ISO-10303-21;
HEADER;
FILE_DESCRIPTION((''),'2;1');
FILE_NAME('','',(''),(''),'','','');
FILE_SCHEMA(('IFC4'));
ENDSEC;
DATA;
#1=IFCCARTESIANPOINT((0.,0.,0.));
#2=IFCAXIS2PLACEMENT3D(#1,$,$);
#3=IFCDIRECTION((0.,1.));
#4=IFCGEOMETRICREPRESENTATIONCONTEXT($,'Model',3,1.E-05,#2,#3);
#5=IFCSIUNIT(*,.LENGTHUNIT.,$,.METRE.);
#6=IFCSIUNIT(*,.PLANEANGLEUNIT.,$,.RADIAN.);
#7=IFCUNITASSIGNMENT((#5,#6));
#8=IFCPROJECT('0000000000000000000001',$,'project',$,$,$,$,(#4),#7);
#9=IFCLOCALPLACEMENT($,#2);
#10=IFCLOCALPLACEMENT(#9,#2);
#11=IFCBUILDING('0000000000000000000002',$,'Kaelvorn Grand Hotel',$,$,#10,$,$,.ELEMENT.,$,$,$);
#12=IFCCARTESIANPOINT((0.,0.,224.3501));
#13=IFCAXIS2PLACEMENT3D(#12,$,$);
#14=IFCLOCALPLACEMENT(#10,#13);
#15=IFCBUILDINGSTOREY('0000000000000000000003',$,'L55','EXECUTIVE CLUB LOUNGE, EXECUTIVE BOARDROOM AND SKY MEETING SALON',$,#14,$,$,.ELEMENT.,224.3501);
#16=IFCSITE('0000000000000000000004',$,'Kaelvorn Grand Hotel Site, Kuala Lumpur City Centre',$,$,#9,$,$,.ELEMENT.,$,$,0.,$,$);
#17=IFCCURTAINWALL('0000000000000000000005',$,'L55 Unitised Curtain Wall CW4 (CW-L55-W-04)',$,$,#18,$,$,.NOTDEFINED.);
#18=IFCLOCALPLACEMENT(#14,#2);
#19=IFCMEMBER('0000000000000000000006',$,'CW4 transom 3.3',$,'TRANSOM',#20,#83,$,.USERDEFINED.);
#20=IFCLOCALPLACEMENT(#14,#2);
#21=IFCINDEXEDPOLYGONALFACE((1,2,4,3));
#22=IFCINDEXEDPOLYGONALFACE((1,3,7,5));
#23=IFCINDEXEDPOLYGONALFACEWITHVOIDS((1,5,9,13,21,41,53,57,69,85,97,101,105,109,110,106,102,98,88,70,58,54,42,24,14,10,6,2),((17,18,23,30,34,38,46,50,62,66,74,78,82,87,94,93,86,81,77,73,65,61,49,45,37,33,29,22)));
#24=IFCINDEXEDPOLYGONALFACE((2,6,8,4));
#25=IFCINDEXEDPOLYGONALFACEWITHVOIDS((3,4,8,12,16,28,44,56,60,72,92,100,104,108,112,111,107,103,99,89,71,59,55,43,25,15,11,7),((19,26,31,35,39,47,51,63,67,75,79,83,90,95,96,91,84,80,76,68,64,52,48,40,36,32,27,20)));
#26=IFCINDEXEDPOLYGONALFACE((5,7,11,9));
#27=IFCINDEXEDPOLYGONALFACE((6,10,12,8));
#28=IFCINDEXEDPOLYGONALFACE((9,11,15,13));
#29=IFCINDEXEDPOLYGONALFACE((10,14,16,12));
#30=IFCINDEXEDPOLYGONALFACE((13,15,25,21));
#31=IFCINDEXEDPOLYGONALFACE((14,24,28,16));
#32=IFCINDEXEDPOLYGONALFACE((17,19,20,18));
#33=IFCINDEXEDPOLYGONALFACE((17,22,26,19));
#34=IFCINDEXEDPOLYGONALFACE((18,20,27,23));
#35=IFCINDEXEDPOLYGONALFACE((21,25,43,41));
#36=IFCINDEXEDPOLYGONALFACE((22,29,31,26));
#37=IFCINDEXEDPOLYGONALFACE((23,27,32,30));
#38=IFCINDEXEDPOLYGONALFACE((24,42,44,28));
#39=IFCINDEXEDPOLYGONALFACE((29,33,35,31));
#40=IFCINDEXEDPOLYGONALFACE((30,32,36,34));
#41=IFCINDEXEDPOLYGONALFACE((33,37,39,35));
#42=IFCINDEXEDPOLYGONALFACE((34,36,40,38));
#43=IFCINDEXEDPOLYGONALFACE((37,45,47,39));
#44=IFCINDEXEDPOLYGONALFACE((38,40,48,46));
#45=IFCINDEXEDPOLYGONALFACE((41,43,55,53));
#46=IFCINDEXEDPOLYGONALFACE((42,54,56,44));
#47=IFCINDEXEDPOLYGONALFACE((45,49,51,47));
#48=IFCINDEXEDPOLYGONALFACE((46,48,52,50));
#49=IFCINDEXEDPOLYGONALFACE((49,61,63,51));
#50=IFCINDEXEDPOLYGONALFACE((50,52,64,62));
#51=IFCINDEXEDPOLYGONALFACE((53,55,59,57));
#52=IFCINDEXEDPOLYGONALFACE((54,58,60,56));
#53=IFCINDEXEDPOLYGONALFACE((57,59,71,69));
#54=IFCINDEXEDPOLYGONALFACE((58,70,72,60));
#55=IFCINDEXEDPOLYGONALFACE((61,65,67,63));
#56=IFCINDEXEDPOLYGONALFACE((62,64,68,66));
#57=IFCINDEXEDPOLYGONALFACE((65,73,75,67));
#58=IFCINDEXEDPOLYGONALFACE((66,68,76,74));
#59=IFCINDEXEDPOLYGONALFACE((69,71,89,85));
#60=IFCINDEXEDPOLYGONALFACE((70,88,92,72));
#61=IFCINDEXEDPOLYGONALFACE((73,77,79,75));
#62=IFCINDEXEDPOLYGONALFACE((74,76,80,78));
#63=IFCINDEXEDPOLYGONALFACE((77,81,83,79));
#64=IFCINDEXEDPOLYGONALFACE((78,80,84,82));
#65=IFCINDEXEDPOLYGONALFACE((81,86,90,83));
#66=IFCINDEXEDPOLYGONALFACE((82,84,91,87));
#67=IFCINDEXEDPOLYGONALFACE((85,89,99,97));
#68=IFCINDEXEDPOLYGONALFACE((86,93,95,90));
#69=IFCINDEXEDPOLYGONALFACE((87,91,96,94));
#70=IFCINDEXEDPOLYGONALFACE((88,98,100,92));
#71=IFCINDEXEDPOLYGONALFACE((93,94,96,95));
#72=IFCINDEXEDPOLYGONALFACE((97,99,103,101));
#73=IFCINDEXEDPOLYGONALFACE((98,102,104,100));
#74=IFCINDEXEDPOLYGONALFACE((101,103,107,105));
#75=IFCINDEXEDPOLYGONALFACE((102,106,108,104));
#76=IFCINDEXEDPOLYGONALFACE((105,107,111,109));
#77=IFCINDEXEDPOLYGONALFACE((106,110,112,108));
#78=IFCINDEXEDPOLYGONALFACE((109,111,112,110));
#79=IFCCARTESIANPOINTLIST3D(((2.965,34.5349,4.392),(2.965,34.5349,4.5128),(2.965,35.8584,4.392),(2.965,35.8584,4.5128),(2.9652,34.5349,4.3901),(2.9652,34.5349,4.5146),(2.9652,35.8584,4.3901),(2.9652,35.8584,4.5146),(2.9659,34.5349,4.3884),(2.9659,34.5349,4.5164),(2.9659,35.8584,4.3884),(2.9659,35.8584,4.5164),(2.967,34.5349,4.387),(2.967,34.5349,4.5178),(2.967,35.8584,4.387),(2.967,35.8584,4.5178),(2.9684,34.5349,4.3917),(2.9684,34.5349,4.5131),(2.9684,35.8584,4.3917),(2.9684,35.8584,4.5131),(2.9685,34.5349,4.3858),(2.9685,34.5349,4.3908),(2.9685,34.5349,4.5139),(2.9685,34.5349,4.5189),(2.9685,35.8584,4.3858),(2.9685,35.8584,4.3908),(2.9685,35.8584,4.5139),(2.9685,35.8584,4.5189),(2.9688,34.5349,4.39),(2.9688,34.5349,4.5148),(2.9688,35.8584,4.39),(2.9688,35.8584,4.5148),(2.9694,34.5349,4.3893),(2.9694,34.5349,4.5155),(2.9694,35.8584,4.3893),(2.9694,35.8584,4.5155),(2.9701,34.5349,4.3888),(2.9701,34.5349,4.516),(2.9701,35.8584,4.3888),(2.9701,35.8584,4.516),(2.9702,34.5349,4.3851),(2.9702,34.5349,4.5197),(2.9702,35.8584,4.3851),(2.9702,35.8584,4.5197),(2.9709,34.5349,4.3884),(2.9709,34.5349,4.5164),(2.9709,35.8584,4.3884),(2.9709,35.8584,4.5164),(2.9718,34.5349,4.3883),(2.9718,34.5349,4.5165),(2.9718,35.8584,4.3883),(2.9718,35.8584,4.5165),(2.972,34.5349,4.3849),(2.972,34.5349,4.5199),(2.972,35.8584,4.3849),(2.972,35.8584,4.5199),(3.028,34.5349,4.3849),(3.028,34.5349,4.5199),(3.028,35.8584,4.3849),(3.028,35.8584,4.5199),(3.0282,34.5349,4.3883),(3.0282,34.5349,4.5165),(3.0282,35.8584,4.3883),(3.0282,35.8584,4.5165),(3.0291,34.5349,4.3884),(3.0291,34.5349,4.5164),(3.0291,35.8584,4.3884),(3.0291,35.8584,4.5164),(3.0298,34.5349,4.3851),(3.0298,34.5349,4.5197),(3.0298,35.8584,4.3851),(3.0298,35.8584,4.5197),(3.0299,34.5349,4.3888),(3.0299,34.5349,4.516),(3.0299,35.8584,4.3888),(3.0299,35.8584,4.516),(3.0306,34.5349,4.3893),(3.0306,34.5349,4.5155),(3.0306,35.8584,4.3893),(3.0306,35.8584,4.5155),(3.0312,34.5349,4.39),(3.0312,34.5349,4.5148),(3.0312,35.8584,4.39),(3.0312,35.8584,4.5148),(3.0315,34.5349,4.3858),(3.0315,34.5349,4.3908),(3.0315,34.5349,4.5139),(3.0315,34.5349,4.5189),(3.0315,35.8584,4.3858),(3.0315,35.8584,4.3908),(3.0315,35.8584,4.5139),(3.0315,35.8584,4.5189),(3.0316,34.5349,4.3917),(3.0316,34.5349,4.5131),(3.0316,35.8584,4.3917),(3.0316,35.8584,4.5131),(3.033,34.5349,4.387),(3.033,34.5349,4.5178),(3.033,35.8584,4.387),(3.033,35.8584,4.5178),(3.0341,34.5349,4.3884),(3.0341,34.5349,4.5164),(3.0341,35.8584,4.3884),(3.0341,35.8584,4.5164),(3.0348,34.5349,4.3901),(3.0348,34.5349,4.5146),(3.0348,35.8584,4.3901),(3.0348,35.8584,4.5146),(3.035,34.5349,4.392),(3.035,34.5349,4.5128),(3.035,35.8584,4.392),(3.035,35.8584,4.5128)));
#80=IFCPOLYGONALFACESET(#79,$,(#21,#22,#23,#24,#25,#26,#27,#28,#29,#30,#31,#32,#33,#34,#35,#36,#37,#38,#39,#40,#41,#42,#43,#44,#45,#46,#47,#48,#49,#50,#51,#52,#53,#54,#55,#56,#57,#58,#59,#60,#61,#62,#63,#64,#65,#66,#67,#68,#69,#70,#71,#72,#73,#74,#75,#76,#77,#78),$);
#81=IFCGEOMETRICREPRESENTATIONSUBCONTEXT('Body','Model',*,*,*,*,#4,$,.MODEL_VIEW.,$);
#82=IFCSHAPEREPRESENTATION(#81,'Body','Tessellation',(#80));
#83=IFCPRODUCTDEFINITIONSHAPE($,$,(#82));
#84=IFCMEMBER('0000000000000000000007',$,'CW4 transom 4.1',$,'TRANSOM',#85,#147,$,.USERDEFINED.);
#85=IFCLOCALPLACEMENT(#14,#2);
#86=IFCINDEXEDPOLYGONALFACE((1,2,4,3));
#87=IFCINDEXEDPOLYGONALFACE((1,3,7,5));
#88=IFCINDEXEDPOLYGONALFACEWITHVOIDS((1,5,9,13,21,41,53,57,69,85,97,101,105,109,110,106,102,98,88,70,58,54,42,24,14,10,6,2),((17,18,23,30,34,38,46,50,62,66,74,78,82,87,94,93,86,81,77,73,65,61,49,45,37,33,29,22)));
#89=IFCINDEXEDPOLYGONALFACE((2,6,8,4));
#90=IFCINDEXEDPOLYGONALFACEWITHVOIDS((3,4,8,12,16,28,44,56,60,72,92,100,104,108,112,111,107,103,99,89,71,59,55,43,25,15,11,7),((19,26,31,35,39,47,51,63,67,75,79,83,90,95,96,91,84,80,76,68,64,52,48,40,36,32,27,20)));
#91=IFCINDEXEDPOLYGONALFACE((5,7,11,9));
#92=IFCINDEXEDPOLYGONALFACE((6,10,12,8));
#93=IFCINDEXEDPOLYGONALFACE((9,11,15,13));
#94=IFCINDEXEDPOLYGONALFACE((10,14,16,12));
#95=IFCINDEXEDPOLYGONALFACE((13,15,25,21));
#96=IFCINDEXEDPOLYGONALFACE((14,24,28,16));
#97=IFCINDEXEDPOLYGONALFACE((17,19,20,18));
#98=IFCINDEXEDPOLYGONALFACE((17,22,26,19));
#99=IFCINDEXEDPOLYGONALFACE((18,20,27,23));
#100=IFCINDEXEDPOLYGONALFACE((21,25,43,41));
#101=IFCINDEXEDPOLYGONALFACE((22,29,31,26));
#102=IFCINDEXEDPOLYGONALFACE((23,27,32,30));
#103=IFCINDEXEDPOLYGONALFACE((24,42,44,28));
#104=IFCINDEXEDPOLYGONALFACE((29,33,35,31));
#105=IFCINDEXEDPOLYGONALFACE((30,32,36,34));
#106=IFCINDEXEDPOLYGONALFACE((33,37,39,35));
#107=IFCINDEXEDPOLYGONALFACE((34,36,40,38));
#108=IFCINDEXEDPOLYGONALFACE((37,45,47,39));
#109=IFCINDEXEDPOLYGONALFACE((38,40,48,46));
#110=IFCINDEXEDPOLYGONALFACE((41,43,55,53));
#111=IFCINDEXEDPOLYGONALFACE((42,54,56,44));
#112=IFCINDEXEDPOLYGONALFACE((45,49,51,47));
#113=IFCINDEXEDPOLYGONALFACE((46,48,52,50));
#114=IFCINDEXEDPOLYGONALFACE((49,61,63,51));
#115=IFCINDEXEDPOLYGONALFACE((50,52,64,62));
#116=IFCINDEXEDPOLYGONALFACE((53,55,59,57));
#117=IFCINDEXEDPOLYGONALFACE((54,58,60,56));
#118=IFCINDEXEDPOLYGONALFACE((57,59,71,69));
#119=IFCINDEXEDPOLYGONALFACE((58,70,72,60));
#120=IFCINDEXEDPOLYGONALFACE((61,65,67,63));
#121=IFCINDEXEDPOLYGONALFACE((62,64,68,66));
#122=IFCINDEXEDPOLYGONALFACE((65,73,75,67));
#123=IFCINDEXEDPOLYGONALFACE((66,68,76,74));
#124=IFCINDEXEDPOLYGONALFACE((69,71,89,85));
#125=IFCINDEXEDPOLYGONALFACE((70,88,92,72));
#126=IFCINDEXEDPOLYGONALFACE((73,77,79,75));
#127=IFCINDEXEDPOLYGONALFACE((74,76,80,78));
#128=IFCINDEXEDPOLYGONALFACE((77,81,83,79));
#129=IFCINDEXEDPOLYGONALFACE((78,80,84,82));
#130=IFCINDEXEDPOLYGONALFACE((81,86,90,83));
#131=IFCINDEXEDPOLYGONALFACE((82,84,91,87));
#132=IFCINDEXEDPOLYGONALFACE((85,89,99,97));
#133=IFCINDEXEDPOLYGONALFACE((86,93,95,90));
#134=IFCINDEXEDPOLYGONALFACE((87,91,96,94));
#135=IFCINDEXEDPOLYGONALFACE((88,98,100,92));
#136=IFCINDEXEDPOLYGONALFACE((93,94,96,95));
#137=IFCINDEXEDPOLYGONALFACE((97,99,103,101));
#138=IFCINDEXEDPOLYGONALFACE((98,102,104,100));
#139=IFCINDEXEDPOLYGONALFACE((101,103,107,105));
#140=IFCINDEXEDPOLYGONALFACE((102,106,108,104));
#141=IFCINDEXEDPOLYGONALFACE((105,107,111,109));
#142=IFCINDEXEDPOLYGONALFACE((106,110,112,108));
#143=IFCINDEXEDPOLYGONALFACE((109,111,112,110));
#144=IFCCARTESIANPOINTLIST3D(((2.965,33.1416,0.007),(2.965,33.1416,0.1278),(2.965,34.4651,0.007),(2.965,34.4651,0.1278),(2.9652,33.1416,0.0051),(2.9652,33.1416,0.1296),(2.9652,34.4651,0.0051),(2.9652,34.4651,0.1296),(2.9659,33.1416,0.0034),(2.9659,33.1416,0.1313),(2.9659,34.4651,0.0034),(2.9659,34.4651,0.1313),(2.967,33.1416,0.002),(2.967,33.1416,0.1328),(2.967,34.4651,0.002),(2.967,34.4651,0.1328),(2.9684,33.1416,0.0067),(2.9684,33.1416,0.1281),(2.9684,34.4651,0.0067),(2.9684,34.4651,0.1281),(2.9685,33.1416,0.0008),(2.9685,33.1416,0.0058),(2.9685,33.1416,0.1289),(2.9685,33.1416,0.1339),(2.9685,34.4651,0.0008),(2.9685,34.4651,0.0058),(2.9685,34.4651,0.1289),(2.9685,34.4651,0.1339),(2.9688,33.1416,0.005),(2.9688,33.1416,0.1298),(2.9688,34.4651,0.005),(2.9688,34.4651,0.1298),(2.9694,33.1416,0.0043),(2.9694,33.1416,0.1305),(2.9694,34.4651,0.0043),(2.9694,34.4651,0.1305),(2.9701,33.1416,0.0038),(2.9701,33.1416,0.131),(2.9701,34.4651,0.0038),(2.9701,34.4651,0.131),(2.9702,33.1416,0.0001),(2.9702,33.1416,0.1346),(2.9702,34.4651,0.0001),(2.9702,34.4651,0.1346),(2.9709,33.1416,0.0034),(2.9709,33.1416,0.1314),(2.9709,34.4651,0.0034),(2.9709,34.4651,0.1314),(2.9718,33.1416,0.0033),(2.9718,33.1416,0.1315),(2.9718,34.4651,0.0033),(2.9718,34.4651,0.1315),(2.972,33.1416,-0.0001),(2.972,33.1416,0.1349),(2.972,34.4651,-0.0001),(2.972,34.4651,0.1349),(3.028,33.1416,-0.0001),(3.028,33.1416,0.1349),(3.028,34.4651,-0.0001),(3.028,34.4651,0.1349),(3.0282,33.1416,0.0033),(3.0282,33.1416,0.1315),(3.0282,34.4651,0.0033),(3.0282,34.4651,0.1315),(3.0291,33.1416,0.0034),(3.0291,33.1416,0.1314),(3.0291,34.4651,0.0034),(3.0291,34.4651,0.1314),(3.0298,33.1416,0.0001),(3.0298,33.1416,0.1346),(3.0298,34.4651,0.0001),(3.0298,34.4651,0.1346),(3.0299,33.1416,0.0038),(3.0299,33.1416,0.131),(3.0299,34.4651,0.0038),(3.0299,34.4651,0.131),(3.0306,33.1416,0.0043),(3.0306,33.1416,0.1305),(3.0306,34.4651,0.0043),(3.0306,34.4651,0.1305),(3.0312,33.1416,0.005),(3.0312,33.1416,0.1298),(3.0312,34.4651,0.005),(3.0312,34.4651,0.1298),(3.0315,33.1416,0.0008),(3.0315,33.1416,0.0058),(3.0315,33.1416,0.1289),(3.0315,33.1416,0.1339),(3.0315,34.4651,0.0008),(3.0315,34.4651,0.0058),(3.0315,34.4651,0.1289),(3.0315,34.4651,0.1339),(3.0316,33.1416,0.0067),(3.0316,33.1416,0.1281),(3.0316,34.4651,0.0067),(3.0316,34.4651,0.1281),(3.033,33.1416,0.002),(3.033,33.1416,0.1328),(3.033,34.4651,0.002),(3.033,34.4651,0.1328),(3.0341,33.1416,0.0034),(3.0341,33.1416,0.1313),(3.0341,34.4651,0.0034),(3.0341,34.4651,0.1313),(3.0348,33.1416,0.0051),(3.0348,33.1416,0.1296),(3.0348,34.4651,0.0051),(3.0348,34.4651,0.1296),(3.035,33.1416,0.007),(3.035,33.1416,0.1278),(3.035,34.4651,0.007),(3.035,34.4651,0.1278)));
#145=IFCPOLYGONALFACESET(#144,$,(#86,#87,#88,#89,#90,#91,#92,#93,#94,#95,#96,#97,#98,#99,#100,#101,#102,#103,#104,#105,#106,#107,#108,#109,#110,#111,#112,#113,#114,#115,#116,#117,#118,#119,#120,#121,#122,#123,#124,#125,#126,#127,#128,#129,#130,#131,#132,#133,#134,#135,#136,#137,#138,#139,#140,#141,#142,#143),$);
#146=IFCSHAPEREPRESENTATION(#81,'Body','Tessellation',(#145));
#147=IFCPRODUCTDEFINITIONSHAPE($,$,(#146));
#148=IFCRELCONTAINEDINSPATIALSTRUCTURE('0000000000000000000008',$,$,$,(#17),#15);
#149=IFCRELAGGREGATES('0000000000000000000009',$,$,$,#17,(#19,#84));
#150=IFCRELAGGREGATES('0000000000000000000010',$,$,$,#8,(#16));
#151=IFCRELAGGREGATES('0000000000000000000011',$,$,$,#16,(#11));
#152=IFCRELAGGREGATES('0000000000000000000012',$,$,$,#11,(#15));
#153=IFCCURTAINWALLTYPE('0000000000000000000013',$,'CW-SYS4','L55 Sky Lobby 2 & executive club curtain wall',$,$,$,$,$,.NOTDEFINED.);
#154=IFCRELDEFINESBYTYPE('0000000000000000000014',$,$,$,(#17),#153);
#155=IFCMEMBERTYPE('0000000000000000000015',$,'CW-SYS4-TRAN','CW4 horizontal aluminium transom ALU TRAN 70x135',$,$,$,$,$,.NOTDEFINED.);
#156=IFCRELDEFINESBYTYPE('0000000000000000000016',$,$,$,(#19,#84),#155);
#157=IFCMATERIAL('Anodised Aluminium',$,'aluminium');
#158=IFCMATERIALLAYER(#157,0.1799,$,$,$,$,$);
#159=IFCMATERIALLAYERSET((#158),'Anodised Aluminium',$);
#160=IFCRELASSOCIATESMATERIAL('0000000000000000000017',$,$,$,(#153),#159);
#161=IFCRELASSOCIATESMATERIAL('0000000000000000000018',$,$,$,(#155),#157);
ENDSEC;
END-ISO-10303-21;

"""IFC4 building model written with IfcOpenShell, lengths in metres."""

from ifc_helpers import new_model, si_unit, direction, frame, origin, origin_2d, place, context, subcontext, project, spatial, hollow_rectangle, extrude, material, layer, layer_set, material_profile, profile_set, type_object, element, aggregate, save


model = new_model("IFC4")

# Units and contexts
model_context = context("Model", 3, precision=1e-05, world=origin(), true_north=direction((0.0, 1.0)))
body_context = subcontext(model_context, "Body", "Model", "MODEL_VIEW")
ifc_project = project(units=[si_unit("LENGTHUNIT", "METRE"), si_unit("PLANEANGLEUNIT", "RADIAN")], contexts=[model_context])

# Site, building, storey
site_placement = place(None, origin())
site = spatial("IfcSite", under=ifc_project, at=site_placement, Name="Kaelvorn Grand Hotel Site, Kuala Lumpur City Centre", CompositionType="ELEMENT", RefElevation=0.0)
building_placement = place(site_placement, origin())
building = spatial("IfcBuilding", under=site, at=building_placement, Name="Kaelvorn Grand Hotel", CompositionType="ELEMENT")
storey_placement = place(building_placement, frame((0.0, 0.0, 224.3501)))
storey = spatial("IfcBuildingStorey", under=building, at=storey_placement, Name="L55", Description="EXECUTIVE CLUB LOUNGE, EXECUTIVE BOARDROOM AND SKY MEETING SALON", CompositionType="ELEMENT", Elevation=224.3501)

# Curtain wall, members
ifc_material_1 = material(Name="Anodised Aluminium", Category="aluminium")
ifc_layer_1 = layer(ifc_material_1, 0.1799)
ifc_layer_set_1 = layer_set([ifc_layer_1], Name="Anodised Aluminium")
curtain_wall_type = type_object("IfcCurtainWallType", Name="CW-SYS4", Description="L55 Sky Lobby 2 & executive club curtain wall", PredefinedType="NOTDEFINED", material=ifc_layer_set_1)
curtain_wall_placement = place(storey_placement, origin())
curtain_wall = element("IfcCurtainWall", 1, at=curtain_wall_placement, inside=storey, type_object=curtain_wall_type, Name="L55 Unitised Curtain Wall CW4 (CW-L55-W-04)", PredefinedType="NOTDEFINED")
ifc_material_profile_1 = material_profile(ifc_material_1, hollow_rectangle(XDim=0.0701, YDim=0.135, WallThickness=0.0034, InnerFilletRadius=0.0034, OuterFilletRadius=0.0071, at=origin_2d()), Name="ALU TRAN 70x135")
ifc_profile_set_1 = profile_set([ifc_material_profile_1], Name="Anodised Aluminium")
member_type_1 = type_object("IfcMemberType", Name="CW-SYS4-TRAN", Description="CW4 horizontal aluminium transom ALU TRAN 70x135", PredefinedType="NOTDEFINED", material=ifc_profile_set_1)
member_1_placement = place(storey_placement, frame((3.0, 35.8584, 4.4524), z_axis=(0.0, -1.0, 0.0), x_axis=(1.0, 0.0, 0.0)))
member_1 = element("IfcMember", 2, at=member_1_placement, type_object=member_type_1, Name="CW4 transom 3.3", ObjectType="TRANSOM", PredefinedType="USERDEFINED", context=body_context, shape_type="SweptSolid", body=[
    extrude(hollow_rectangle(XDim=0.0701, YDim=0.135, WallThickness=0.0034, InnerFilletRadius=0.0034, OuterFilletRadius=0.0071, at=origin_2d()), origin(), (0.0, 0.0, 1.0), 1.3235),
])
member_2_placement = place(storey_placement, frame((3.0, 34.4651, 0.0674), z_axis=(0.0, -1.0, 0.0), x_axis=(1.0, 0.0, 0.0)))
member_2 = element("IfcMember", 3, at=member_2_placement, type_object=member_type_1, Name="CW4 transom 4.1", ObjectType="TRANSOM", PredefinedType="USERDEFINED", context=body_context, shape_type="SweptSolid", body=[
    extrude(hollow_rectangle(XDim=0.0701, YDim=0.135, WallThickness=0.0034, InnerFilletRadius=0.0034, OuterFilletRadius=0.0071, at=origin_2d()), origin(), (0.0, 0.0, 1.0), 1.3235),
])
aggregate(curtain_wall, [member_1, member_2])

save(model, "model.ifc")
